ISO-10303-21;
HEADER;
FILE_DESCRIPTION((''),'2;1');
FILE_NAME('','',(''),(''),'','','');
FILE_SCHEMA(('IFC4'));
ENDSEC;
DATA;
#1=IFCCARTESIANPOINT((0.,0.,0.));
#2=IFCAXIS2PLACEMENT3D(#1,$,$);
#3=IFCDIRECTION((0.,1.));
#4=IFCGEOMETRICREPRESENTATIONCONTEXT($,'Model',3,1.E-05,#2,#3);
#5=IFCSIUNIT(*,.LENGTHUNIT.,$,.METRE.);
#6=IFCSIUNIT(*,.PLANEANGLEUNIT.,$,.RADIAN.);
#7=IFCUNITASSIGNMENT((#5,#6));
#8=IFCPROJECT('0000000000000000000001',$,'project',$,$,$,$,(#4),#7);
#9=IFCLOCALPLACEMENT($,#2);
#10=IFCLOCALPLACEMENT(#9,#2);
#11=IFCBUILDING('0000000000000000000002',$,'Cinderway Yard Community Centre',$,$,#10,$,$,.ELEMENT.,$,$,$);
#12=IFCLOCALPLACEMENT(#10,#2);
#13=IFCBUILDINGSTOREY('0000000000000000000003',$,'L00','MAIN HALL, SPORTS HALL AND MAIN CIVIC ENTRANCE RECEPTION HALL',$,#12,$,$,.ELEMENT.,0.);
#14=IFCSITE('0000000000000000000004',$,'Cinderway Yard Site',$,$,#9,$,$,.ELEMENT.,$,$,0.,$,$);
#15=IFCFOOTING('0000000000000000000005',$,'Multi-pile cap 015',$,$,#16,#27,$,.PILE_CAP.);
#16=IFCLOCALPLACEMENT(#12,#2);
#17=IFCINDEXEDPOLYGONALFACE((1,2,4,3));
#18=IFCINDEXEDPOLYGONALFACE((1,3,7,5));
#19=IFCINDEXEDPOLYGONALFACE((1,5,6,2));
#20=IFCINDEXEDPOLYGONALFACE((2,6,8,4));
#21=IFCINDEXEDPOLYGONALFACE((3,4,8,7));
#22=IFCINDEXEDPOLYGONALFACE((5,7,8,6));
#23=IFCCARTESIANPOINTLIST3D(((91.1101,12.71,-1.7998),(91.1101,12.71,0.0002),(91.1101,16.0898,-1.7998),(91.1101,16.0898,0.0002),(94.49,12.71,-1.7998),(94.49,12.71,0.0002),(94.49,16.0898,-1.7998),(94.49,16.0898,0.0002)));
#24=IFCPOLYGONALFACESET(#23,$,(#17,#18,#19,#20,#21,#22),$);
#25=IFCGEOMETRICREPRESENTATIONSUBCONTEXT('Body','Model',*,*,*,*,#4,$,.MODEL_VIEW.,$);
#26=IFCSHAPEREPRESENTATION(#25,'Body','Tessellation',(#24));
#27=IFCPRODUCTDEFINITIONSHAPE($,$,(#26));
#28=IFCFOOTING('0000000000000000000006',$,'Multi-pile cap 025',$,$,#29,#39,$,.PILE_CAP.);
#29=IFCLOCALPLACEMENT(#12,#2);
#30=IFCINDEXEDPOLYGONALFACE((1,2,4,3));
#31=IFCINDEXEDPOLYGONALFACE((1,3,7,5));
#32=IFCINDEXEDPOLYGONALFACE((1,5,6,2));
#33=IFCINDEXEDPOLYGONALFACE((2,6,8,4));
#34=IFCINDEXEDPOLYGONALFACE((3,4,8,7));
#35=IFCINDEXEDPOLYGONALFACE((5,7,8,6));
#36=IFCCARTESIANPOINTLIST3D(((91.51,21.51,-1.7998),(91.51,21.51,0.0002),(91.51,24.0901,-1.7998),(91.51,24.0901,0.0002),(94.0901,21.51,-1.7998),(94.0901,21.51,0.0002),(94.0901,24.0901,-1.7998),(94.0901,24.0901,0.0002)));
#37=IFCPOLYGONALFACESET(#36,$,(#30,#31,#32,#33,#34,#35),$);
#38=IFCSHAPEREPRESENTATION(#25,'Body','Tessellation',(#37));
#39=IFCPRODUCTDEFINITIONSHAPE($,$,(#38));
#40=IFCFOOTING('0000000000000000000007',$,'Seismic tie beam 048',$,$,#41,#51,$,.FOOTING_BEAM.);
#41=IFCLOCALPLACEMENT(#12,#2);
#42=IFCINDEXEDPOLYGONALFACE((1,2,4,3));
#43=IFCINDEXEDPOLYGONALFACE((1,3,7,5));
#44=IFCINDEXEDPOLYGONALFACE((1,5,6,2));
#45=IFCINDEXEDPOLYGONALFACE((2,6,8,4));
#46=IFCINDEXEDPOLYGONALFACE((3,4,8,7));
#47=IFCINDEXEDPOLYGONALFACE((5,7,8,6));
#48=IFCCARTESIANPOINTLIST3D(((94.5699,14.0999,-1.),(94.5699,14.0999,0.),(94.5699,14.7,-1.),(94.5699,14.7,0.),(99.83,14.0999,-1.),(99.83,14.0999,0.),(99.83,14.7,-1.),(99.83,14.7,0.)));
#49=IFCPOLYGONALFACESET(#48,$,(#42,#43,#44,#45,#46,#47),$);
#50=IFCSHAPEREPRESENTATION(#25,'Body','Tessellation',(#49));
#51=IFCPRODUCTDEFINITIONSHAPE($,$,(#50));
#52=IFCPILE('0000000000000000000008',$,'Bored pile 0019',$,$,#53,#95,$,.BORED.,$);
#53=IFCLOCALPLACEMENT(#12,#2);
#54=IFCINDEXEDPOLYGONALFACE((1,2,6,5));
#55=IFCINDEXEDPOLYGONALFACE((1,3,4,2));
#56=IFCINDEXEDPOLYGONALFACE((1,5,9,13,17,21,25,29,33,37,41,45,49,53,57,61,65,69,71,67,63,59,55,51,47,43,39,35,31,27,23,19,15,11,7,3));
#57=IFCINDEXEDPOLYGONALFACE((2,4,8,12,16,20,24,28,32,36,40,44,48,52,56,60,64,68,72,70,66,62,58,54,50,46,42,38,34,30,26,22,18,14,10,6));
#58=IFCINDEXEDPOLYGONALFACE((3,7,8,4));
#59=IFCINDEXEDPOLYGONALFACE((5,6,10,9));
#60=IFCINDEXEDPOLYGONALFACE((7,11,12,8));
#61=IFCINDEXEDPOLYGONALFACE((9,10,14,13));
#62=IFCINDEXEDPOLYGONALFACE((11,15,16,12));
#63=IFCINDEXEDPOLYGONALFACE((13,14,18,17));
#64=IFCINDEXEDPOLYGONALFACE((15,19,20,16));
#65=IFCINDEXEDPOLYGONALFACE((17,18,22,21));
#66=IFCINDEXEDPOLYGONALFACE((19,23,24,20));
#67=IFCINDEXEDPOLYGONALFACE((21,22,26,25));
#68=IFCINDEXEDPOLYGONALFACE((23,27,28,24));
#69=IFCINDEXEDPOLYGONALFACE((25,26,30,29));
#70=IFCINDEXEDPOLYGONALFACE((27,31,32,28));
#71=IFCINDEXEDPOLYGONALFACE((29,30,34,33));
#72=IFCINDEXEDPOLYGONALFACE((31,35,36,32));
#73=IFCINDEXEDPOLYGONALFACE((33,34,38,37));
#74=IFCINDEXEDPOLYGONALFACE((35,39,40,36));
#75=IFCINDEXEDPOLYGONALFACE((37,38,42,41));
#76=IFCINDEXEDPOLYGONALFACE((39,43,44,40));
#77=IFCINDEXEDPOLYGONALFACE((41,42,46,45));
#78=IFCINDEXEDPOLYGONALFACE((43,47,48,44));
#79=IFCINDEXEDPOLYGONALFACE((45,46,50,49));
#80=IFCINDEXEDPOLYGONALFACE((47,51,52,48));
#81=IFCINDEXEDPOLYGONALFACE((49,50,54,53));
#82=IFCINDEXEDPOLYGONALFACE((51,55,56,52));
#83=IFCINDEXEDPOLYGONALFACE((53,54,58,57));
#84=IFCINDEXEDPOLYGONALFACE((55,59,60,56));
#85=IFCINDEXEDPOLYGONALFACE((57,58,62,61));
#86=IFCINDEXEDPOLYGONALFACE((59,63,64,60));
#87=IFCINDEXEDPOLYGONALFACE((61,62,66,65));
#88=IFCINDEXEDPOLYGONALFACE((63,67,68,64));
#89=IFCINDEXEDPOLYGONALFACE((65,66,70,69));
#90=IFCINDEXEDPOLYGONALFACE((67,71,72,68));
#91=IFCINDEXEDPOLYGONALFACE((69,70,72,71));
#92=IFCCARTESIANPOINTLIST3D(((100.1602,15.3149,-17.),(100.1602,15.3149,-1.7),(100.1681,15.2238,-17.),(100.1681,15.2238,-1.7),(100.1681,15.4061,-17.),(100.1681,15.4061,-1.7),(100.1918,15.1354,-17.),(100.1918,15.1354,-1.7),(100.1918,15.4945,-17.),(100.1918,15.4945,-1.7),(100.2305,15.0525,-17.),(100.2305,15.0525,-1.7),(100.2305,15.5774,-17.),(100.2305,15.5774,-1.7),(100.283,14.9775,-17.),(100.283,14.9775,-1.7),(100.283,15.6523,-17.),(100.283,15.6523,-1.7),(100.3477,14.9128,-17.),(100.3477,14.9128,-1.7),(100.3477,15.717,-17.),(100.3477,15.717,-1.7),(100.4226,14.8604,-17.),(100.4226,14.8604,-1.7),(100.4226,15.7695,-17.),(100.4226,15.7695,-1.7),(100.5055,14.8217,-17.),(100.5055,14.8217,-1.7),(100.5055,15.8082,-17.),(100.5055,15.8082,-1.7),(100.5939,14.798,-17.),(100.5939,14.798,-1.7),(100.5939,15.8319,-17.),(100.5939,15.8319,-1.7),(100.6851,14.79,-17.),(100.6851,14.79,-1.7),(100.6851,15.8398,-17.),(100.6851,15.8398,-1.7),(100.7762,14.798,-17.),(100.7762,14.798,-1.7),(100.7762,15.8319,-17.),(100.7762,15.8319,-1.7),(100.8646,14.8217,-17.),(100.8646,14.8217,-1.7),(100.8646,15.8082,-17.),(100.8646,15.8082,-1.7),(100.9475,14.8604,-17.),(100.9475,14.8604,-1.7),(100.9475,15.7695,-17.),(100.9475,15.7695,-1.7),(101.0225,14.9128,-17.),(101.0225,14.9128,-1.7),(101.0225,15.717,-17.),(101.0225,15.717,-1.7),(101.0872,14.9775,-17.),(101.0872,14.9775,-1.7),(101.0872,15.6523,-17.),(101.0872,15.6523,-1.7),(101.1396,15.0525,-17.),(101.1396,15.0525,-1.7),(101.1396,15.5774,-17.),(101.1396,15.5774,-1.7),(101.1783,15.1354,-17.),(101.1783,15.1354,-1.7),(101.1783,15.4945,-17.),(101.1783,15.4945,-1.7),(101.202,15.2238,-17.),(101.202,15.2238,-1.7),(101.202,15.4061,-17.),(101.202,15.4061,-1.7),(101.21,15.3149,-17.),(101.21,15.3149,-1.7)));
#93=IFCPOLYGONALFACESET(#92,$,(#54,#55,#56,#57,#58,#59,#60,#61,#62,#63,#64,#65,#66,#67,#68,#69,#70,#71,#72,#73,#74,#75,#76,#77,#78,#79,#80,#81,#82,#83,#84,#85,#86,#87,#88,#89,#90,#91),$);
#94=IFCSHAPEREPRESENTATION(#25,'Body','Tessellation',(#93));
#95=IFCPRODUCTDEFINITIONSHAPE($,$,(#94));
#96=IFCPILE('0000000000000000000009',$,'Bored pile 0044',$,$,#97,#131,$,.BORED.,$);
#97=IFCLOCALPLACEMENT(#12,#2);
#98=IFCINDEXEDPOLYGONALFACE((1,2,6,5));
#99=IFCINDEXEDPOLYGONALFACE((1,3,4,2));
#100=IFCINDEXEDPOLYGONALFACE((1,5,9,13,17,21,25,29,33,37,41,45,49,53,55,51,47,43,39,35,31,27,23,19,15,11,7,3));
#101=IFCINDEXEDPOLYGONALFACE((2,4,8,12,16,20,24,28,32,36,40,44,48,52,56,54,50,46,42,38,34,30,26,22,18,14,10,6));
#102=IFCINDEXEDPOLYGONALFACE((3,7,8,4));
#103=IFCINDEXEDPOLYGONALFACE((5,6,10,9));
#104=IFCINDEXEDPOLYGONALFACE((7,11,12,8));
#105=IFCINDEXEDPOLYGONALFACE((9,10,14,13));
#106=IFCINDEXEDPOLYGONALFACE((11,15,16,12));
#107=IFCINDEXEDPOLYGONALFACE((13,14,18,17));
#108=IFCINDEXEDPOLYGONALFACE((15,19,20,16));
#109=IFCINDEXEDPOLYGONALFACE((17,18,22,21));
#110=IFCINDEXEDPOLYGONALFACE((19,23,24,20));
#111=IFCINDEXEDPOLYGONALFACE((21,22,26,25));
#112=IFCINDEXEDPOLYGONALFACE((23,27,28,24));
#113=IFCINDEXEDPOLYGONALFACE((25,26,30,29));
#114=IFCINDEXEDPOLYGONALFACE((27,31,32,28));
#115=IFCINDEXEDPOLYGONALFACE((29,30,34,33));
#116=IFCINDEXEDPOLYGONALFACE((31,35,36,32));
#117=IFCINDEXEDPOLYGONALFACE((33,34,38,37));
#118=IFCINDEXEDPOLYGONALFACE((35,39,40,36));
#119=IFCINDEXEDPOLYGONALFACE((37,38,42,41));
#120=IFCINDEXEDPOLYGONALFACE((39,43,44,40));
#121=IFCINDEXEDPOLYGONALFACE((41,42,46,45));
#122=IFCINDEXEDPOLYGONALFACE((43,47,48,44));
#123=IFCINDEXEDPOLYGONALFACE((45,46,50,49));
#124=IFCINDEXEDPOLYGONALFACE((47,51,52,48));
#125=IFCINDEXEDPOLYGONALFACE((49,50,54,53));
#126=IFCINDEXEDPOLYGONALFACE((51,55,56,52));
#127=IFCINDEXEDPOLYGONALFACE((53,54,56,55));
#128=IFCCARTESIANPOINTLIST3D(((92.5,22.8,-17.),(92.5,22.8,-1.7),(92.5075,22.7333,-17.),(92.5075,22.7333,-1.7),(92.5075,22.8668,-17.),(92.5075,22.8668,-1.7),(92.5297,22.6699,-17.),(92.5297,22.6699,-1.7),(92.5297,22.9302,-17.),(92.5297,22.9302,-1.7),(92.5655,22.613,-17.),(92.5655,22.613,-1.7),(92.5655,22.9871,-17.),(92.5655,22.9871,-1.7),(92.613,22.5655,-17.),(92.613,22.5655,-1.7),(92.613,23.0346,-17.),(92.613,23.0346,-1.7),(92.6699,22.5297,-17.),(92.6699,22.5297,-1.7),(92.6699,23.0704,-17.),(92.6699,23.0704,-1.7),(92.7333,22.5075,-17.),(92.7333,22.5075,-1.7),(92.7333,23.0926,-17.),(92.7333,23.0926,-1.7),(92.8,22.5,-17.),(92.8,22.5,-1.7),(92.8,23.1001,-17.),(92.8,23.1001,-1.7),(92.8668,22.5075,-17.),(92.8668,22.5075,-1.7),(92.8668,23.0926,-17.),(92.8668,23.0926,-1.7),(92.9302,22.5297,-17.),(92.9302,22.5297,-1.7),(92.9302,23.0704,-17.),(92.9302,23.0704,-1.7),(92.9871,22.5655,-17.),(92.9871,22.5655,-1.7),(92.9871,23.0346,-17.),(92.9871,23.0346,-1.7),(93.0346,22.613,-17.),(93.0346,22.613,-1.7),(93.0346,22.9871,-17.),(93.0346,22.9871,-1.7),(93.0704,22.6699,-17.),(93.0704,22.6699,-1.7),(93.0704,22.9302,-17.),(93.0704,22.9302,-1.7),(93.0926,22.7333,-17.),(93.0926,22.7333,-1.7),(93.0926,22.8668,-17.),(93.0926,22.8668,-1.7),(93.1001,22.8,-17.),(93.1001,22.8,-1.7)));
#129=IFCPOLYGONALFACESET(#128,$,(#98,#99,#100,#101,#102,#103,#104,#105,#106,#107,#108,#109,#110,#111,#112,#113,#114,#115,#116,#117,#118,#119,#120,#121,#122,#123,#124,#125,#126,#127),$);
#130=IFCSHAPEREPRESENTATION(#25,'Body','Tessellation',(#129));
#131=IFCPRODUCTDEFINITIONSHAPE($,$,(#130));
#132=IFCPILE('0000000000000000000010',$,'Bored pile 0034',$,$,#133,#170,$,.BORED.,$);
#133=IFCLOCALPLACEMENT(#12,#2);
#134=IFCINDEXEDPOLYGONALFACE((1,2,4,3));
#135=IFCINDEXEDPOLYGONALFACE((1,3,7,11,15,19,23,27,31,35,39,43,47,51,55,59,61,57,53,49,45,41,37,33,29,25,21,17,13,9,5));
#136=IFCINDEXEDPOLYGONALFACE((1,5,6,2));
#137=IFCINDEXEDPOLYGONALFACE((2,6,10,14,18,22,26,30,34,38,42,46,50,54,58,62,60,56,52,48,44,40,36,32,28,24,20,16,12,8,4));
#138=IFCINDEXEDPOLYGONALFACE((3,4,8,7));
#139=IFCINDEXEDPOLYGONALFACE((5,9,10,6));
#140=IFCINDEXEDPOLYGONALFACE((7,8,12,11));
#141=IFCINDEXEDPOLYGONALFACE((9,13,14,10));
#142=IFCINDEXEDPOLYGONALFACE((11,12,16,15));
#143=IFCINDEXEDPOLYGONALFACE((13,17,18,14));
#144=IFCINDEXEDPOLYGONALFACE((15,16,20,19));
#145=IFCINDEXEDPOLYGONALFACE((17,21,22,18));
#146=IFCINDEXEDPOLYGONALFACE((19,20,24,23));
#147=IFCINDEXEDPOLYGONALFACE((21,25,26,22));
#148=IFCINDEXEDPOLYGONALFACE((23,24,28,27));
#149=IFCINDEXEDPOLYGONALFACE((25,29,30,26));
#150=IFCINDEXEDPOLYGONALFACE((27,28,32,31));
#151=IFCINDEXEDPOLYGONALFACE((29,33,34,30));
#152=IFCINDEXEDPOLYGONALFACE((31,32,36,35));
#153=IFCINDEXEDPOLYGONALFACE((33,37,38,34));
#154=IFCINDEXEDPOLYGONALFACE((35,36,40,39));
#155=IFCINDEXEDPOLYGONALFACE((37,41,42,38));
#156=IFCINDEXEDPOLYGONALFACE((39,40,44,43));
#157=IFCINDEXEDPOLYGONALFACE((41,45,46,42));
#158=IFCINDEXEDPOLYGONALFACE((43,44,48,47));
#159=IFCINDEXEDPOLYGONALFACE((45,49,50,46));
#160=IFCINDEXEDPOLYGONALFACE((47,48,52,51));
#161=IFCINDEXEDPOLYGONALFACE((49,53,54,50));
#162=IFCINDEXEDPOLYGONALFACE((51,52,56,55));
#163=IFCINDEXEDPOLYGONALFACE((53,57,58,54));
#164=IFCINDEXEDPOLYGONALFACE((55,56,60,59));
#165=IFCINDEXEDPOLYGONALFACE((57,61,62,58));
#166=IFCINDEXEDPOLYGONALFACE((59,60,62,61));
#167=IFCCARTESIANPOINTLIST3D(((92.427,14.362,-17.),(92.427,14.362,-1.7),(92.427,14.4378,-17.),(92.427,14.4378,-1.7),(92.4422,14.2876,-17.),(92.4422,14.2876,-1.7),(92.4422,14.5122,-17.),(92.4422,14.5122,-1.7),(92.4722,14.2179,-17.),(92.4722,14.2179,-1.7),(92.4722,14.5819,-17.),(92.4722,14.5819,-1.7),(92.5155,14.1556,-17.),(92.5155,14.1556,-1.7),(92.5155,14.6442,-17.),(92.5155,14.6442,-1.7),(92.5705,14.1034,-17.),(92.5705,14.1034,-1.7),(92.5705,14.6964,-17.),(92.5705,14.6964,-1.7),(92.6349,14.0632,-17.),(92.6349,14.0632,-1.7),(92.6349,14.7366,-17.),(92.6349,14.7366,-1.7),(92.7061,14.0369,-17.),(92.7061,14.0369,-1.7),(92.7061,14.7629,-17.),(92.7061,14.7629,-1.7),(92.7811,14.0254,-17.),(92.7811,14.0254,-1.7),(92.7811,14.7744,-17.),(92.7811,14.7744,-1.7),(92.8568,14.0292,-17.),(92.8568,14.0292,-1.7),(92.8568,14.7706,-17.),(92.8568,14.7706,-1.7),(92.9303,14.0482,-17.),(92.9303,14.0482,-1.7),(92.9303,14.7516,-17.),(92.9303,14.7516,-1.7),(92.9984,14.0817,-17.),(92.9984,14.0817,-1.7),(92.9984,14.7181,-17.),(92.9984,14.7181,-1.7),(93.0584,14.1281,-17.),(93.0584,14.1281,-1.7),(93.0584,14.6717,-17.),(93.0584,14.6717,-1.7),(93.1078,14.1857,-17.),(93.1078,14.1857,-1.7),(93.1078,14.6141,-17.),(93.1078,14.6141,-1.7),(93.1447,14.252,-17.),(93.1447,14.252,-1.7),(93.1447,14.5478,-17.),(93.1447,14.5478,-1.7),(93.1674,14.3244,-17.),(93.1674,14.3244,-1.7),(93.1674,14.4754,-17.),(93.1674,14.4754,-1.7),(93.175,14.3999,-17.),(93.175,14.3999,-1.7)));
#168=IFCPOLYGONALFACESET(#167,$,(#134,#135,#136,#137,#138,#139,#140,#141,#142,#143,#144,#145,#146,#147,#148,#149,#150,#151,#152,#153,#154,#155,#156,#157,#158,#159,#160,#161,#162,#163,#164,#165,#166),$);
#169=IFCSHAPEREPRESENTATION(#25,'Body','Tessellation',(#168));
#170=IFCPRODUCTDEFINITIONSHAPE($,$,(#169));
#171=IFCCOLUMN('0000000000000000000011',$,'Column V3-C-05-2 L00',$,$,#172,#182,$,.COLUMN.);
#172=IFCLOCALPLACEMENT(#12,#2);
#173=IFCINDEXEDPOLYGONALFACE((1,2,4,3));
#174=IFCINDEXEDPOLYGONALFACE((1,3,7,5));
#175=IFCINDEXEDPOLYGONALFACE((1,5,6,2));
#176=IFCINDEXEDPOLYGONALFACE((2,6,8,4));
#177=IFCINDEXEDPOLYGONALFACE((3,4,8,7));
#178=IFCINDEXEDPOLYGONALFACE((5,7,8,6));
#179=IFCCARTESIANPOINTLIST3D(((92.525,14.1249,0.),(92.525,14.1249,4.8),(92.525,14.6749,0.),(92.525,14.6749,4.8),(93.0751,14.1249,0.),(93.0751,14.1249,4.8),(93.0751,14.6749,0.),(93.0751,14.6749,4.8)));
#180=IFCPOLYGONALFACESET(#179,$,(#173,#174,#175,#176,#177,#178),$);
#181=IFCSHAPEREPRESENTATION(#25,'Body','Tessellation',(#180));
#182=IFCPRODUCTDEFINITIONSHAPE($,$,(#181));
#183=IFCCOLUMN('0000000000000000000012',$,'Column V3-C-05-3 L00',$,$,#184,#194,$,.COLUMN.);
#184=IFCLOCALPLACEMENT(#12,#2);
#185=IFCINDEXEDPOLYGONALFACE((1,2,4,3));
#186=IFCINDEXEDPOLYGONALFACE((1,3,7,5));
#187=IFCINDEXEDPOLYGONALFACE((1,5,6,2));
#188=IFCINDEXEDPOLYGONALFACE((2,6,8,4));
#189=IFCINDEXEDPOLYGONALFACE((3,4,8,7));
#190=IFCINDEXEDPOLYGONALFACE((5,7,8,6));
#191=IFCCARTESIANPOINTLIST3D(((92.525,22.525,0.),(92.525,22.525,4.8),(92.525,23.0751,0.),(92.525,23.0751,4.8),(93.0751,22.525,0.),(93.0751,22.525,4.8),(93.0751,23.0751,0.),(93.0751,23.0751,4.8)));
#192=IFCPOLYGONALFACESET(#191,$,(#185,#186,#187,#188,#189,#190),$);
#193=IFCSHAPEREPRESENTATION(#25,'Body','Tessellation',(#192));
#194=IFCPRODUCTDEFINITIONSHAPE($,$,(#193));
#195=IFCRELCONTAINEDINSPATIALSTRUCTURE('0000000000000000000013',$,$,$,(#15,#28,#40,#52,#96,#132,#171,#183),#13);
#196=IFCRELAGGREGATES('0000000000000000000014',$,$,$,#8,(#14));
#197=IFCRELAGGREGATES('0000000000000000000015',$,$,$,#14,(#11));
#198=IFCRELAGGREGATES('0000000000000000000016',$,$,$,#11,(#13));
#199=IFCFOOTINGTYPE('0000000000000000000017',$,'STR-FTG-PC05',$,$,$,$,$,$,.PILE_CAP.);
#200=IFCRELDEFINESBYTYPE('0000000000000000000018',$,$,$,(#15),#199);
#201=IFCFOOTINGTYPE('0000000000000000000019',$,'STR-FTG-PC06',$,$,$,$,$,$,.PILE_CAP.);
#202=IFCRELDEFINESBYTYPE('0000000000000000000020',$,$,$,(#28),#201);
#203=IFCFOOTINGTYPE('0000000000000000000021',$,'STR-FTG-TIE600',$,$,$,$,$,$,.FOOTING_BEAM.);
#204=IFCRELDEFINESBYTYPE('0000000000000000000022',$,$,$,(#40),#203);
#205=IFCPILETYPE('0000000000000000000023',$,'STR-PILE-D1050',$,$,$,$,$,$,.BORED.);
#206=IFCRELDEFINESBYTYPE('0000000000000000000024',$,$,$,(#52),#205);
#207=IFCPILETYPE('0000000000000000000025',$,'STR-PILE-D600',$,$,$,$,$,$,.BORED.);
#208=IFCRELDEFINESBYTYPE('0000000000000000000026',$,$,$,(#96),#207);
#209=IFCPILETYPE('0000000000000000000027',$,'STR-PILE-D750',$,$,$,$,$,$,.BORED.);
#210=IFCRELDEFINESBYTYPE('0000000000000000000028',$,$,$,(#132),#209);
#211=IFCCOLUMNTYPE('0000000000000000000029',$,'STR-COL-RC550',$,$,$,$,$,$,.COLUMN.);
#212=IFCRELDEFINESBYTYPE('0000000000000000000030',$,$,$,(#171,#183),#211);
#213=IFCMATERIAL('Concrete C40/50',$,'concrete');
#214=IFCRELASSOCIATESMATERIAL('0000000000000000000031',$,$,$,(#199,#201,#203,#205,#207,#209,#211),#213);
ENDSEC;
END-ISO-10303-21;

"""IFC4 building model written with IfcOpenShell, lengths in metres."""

from ifc_helpers import new_model, si_unit, direction, frame, origin, origin_2d, place, context, subcontext, project, spatial, rectangle, circle, extrude, material, material_profile, profile_set, type_object, element, save


model = new_model("IFC4")

# Units and contexts
model_context = context("Model", 3, precision=1e-05, world=origin(), true_north=direction((0.0, 1.0)))
body_context = subcontext(model_context, "Body", "Model", "MODEL_VIEW")
ifc_project = project(units=[si_unit("LENGTHUNIT", "METRE"), si_unit("PLANEANGLEUNIT", "RADIAN")], contexts=[model_context])

# Site, building, storey
site_placement = place(None, origin())
site = spatial("IfcSite", under=ifc_project, at=site_placement, Name="Cinderway Yard Site", CompositionType="ELEMENT", RefElevation=0.0)
building_placement = place(site_placement, origin())
building = spatial("IfcBuilding", under=site, at=building_placement, Name="Cinderway Yard Community Centre", CompositionType="ELEMENT")
storey_placement = place(building_placement, origin())
storey = spatial("IfcBuildingStorey", under=building, at=storey_placement, Name="L00", Description="MAIN HALL, SPORTS HALL AND MAIN CIVIC ENTRANCE RECEPTION HALL", CompositionType="ELEMENT", Elevation=0.0)

# Footings
ifc_material_1 = material(Name="Concrete C40/50", Category="concrete")
footing_type_1 = type_object("IfcFootingType", Name="STR-FTG-PC05", PredefinedType="PILE_CAP", material=ifc_material_1)
footing_1_placement = place(storey_placement, frame((92.8, 14.3999, -1.7998), z_axis=(0.0, 0.0, 1.0), x_axis=(1.0, 0.0, 0.0)))
element("IfcFooting", 1, at=footing_1_placement, inside=storey, type_object=footing_type_1, Name="Multi-pile cap 015", PredefinedType="PILE_CAP", context=body_context, shape_type="SweptSolid", body=[
    extrude(rectangle(XDim=3.3799, YDim=3.3799, at=origin_2d()), origin(), (0.0, 0.0, 1.0), 1.8),
])
footing_type_2 = type_object("IfcFootingType", Name="STR-FTG-PC06", PredefinedType="PILE_CAP", material=ifc_material_1)
footing_2_placement = place(storey_placement, frame((92.8, 22.8, -1.7998), z_axis=(0.0, 0.0, 1.0), x_axis=(1.0, 0.0, 0.0)))
element("IfcFooting", 2, at=footing_2_placement, inside=storey, type_object=footing_type_2, Name="Multi-pile cap 025", PredefinedType="PILE_CAP", context=body_context, shape_type="SweptSolid", body=[
    extrude(rectangle(XDim=2.5801, YDim=2.5801, at=origin_2d()), origin(), (0.0, 0.0, 1.0), 1.8),
])
footing_type_3 = type_object("IfcFootingType", Name="STR-FTG-TIE600", PredefinedType="FOOTING_BEAM", material=ifc_material_1)
footing_3_placement = place(storey_placement, frame((97.2, 14.3999, -1.0), z_axis=(0.0, 0.0, 1.0), x_axis=(1.0, 0.0, 0.0)))
element("IfcFooting", 3, at=footing_3_placement, inside=storey, type_object=footing_type_3, Name="Seismic tie beam 048", PredefinedType="FOOTING_BEAM", context=body_context, shape_type="SweptSolid", body=[
    extrude(rectangle(XDim=5.26, YDim=0.6001, at=origin_2d()), origin(), (0.0, 0.0, 1.0), 1.0),
])

# Piles
ifc_material_profile_1 = material_profile(ifc_material_1, circle(Radius=0.5249, at=origin_2d()), Name="Concrete C40/50")
ifc_profile_set_1 = profile_set([ifc_material_profile_1], Name="Concrete C40/50")
pile_type_1 = type_object("IfcPileType", Name="STR-PILE-D1050", PredefinedType="BORED", material=ifc_profile_set_1)
pile_1_placement = place(storey_placement, frame((100.6851, 15.3149, -1.7), z_axis=(0.0, 0.0, -1.0), x_axis=(1.0, 0.0, 0.0)))
element("IfcPile", 4, at=pile_1_placement, inside=storey, type_object=pile_type_1, Name="Bored pile 0019", PredefinedType="BORED", context=body_context, shape_type="SweptSolid", body=[
    extrude(circle(Radius=0.5249, at=origin_2d()), origin(), (0.0, 0.0, 1.0), 15.3),
])
ifc_material_profile_2 = material_profile(ifc_material_1, circle(Radius=0.3, at=origin_2d()), Name="Concrete C40/50")
ifc_profile_set_2 = profile_set([ifc_material_profile_2], Name="Concrete C40/50")
pile_type_2 = type_object("IfcPileType", Name="STR-PILE-D600", PredefinedType="BORED", material=ifc_profile_set_2)
pile_2_placement = place(storey_placement, frame((92.8, 22.8, -1.7), z_axis=(0.0, 0.0, -1.0), x_axis=(1.0, 0.0, 0.0)))
element("IfcPile", 5, at=pile_2_placement, inside=storey, type_object=pile_type_2, Name="Bored pile 0044", PredefinedType="BORED", context=body_context, shape_type="SweptSolid", body=[
    extrude(circle(Radius=0.3, at=origin_2d()), origin(), (0.0, 0.0, 1.0), 15.3),
])
ifc_material_profile_3 = material_profile(ifc_material_1, circle(Radius=0.375, at=origin_2d()), Name="Concrete C40/50")
ifc_profile_set_3 = profile_set([ifc_material_profile_3], Name="Concrete C40/50")
pile_type_3 = type_object("IfcPileType", Name="STR-PILE-D750", PredefinedType="BORED", material=ifc_profile_set_3)
pile_3_placement = place(storey_placement, frame((92.8, 14.3999, -1.7), z_axis=(0.0, 0.0, -1.0), x_axis=(1.0, 0.0, 0.0)))
element("IfcPile", 6, at=pile_3_placement, inside=storey, type_object=pile_type_3, Name="Bored pile 0034", PredefinedType="BORED", context=body_context, shape_type="SweptSolid", body=[
    extrude(circle(Radius=0.375, at=origin_2d()), origin(), (0.0, 0.0, 1.0), 15.3),
])

# Columns
ifc_material_profile_4 = material_profile(ifc_material_1, rectangle(XDim=0.55, YDim=0.55, at=origin_2d()), Name="Concrete C40/50")
ifc_profile_set_4 = profile_set([ifc_material_profile_4], Name="Concrete C40/50")
column_type = type_object("IfcColumnType", Name="STR-COL-RC550", PredefinedType="COLUMN", material=ifc_profile_set_4)
for number, where, z_axis, x_axis, name in (
    (7, (92.8, 14.3999, 0.0), (0.0, 0.0, 1.0), (1.0, 0.0, 0.0), "Column V3-C-05-2 L00"),
    (8, (92.8, 22.8, 0.0), (0.0, 0.0, 1.0), (1.0, 0.0, 0.0), "Column V3-C-05-3 L00"),
):
    element("IfcColumn", number, at=place(storey_placement, frame(where, z_axis=z_axis, x_axis=x_axis)), inside=storey, type_object=column_type, Name=name, PredefinedType="COLUMN", context=body_context, shape_type="SweptSolid", body=[
        extrude(rectangle(XDim=0.55, YDim=0.55, at=origin_2d()), origin(), (0.0, 0.0, 1.0), 4.8),
    ])

save(model, "model.ifc")
